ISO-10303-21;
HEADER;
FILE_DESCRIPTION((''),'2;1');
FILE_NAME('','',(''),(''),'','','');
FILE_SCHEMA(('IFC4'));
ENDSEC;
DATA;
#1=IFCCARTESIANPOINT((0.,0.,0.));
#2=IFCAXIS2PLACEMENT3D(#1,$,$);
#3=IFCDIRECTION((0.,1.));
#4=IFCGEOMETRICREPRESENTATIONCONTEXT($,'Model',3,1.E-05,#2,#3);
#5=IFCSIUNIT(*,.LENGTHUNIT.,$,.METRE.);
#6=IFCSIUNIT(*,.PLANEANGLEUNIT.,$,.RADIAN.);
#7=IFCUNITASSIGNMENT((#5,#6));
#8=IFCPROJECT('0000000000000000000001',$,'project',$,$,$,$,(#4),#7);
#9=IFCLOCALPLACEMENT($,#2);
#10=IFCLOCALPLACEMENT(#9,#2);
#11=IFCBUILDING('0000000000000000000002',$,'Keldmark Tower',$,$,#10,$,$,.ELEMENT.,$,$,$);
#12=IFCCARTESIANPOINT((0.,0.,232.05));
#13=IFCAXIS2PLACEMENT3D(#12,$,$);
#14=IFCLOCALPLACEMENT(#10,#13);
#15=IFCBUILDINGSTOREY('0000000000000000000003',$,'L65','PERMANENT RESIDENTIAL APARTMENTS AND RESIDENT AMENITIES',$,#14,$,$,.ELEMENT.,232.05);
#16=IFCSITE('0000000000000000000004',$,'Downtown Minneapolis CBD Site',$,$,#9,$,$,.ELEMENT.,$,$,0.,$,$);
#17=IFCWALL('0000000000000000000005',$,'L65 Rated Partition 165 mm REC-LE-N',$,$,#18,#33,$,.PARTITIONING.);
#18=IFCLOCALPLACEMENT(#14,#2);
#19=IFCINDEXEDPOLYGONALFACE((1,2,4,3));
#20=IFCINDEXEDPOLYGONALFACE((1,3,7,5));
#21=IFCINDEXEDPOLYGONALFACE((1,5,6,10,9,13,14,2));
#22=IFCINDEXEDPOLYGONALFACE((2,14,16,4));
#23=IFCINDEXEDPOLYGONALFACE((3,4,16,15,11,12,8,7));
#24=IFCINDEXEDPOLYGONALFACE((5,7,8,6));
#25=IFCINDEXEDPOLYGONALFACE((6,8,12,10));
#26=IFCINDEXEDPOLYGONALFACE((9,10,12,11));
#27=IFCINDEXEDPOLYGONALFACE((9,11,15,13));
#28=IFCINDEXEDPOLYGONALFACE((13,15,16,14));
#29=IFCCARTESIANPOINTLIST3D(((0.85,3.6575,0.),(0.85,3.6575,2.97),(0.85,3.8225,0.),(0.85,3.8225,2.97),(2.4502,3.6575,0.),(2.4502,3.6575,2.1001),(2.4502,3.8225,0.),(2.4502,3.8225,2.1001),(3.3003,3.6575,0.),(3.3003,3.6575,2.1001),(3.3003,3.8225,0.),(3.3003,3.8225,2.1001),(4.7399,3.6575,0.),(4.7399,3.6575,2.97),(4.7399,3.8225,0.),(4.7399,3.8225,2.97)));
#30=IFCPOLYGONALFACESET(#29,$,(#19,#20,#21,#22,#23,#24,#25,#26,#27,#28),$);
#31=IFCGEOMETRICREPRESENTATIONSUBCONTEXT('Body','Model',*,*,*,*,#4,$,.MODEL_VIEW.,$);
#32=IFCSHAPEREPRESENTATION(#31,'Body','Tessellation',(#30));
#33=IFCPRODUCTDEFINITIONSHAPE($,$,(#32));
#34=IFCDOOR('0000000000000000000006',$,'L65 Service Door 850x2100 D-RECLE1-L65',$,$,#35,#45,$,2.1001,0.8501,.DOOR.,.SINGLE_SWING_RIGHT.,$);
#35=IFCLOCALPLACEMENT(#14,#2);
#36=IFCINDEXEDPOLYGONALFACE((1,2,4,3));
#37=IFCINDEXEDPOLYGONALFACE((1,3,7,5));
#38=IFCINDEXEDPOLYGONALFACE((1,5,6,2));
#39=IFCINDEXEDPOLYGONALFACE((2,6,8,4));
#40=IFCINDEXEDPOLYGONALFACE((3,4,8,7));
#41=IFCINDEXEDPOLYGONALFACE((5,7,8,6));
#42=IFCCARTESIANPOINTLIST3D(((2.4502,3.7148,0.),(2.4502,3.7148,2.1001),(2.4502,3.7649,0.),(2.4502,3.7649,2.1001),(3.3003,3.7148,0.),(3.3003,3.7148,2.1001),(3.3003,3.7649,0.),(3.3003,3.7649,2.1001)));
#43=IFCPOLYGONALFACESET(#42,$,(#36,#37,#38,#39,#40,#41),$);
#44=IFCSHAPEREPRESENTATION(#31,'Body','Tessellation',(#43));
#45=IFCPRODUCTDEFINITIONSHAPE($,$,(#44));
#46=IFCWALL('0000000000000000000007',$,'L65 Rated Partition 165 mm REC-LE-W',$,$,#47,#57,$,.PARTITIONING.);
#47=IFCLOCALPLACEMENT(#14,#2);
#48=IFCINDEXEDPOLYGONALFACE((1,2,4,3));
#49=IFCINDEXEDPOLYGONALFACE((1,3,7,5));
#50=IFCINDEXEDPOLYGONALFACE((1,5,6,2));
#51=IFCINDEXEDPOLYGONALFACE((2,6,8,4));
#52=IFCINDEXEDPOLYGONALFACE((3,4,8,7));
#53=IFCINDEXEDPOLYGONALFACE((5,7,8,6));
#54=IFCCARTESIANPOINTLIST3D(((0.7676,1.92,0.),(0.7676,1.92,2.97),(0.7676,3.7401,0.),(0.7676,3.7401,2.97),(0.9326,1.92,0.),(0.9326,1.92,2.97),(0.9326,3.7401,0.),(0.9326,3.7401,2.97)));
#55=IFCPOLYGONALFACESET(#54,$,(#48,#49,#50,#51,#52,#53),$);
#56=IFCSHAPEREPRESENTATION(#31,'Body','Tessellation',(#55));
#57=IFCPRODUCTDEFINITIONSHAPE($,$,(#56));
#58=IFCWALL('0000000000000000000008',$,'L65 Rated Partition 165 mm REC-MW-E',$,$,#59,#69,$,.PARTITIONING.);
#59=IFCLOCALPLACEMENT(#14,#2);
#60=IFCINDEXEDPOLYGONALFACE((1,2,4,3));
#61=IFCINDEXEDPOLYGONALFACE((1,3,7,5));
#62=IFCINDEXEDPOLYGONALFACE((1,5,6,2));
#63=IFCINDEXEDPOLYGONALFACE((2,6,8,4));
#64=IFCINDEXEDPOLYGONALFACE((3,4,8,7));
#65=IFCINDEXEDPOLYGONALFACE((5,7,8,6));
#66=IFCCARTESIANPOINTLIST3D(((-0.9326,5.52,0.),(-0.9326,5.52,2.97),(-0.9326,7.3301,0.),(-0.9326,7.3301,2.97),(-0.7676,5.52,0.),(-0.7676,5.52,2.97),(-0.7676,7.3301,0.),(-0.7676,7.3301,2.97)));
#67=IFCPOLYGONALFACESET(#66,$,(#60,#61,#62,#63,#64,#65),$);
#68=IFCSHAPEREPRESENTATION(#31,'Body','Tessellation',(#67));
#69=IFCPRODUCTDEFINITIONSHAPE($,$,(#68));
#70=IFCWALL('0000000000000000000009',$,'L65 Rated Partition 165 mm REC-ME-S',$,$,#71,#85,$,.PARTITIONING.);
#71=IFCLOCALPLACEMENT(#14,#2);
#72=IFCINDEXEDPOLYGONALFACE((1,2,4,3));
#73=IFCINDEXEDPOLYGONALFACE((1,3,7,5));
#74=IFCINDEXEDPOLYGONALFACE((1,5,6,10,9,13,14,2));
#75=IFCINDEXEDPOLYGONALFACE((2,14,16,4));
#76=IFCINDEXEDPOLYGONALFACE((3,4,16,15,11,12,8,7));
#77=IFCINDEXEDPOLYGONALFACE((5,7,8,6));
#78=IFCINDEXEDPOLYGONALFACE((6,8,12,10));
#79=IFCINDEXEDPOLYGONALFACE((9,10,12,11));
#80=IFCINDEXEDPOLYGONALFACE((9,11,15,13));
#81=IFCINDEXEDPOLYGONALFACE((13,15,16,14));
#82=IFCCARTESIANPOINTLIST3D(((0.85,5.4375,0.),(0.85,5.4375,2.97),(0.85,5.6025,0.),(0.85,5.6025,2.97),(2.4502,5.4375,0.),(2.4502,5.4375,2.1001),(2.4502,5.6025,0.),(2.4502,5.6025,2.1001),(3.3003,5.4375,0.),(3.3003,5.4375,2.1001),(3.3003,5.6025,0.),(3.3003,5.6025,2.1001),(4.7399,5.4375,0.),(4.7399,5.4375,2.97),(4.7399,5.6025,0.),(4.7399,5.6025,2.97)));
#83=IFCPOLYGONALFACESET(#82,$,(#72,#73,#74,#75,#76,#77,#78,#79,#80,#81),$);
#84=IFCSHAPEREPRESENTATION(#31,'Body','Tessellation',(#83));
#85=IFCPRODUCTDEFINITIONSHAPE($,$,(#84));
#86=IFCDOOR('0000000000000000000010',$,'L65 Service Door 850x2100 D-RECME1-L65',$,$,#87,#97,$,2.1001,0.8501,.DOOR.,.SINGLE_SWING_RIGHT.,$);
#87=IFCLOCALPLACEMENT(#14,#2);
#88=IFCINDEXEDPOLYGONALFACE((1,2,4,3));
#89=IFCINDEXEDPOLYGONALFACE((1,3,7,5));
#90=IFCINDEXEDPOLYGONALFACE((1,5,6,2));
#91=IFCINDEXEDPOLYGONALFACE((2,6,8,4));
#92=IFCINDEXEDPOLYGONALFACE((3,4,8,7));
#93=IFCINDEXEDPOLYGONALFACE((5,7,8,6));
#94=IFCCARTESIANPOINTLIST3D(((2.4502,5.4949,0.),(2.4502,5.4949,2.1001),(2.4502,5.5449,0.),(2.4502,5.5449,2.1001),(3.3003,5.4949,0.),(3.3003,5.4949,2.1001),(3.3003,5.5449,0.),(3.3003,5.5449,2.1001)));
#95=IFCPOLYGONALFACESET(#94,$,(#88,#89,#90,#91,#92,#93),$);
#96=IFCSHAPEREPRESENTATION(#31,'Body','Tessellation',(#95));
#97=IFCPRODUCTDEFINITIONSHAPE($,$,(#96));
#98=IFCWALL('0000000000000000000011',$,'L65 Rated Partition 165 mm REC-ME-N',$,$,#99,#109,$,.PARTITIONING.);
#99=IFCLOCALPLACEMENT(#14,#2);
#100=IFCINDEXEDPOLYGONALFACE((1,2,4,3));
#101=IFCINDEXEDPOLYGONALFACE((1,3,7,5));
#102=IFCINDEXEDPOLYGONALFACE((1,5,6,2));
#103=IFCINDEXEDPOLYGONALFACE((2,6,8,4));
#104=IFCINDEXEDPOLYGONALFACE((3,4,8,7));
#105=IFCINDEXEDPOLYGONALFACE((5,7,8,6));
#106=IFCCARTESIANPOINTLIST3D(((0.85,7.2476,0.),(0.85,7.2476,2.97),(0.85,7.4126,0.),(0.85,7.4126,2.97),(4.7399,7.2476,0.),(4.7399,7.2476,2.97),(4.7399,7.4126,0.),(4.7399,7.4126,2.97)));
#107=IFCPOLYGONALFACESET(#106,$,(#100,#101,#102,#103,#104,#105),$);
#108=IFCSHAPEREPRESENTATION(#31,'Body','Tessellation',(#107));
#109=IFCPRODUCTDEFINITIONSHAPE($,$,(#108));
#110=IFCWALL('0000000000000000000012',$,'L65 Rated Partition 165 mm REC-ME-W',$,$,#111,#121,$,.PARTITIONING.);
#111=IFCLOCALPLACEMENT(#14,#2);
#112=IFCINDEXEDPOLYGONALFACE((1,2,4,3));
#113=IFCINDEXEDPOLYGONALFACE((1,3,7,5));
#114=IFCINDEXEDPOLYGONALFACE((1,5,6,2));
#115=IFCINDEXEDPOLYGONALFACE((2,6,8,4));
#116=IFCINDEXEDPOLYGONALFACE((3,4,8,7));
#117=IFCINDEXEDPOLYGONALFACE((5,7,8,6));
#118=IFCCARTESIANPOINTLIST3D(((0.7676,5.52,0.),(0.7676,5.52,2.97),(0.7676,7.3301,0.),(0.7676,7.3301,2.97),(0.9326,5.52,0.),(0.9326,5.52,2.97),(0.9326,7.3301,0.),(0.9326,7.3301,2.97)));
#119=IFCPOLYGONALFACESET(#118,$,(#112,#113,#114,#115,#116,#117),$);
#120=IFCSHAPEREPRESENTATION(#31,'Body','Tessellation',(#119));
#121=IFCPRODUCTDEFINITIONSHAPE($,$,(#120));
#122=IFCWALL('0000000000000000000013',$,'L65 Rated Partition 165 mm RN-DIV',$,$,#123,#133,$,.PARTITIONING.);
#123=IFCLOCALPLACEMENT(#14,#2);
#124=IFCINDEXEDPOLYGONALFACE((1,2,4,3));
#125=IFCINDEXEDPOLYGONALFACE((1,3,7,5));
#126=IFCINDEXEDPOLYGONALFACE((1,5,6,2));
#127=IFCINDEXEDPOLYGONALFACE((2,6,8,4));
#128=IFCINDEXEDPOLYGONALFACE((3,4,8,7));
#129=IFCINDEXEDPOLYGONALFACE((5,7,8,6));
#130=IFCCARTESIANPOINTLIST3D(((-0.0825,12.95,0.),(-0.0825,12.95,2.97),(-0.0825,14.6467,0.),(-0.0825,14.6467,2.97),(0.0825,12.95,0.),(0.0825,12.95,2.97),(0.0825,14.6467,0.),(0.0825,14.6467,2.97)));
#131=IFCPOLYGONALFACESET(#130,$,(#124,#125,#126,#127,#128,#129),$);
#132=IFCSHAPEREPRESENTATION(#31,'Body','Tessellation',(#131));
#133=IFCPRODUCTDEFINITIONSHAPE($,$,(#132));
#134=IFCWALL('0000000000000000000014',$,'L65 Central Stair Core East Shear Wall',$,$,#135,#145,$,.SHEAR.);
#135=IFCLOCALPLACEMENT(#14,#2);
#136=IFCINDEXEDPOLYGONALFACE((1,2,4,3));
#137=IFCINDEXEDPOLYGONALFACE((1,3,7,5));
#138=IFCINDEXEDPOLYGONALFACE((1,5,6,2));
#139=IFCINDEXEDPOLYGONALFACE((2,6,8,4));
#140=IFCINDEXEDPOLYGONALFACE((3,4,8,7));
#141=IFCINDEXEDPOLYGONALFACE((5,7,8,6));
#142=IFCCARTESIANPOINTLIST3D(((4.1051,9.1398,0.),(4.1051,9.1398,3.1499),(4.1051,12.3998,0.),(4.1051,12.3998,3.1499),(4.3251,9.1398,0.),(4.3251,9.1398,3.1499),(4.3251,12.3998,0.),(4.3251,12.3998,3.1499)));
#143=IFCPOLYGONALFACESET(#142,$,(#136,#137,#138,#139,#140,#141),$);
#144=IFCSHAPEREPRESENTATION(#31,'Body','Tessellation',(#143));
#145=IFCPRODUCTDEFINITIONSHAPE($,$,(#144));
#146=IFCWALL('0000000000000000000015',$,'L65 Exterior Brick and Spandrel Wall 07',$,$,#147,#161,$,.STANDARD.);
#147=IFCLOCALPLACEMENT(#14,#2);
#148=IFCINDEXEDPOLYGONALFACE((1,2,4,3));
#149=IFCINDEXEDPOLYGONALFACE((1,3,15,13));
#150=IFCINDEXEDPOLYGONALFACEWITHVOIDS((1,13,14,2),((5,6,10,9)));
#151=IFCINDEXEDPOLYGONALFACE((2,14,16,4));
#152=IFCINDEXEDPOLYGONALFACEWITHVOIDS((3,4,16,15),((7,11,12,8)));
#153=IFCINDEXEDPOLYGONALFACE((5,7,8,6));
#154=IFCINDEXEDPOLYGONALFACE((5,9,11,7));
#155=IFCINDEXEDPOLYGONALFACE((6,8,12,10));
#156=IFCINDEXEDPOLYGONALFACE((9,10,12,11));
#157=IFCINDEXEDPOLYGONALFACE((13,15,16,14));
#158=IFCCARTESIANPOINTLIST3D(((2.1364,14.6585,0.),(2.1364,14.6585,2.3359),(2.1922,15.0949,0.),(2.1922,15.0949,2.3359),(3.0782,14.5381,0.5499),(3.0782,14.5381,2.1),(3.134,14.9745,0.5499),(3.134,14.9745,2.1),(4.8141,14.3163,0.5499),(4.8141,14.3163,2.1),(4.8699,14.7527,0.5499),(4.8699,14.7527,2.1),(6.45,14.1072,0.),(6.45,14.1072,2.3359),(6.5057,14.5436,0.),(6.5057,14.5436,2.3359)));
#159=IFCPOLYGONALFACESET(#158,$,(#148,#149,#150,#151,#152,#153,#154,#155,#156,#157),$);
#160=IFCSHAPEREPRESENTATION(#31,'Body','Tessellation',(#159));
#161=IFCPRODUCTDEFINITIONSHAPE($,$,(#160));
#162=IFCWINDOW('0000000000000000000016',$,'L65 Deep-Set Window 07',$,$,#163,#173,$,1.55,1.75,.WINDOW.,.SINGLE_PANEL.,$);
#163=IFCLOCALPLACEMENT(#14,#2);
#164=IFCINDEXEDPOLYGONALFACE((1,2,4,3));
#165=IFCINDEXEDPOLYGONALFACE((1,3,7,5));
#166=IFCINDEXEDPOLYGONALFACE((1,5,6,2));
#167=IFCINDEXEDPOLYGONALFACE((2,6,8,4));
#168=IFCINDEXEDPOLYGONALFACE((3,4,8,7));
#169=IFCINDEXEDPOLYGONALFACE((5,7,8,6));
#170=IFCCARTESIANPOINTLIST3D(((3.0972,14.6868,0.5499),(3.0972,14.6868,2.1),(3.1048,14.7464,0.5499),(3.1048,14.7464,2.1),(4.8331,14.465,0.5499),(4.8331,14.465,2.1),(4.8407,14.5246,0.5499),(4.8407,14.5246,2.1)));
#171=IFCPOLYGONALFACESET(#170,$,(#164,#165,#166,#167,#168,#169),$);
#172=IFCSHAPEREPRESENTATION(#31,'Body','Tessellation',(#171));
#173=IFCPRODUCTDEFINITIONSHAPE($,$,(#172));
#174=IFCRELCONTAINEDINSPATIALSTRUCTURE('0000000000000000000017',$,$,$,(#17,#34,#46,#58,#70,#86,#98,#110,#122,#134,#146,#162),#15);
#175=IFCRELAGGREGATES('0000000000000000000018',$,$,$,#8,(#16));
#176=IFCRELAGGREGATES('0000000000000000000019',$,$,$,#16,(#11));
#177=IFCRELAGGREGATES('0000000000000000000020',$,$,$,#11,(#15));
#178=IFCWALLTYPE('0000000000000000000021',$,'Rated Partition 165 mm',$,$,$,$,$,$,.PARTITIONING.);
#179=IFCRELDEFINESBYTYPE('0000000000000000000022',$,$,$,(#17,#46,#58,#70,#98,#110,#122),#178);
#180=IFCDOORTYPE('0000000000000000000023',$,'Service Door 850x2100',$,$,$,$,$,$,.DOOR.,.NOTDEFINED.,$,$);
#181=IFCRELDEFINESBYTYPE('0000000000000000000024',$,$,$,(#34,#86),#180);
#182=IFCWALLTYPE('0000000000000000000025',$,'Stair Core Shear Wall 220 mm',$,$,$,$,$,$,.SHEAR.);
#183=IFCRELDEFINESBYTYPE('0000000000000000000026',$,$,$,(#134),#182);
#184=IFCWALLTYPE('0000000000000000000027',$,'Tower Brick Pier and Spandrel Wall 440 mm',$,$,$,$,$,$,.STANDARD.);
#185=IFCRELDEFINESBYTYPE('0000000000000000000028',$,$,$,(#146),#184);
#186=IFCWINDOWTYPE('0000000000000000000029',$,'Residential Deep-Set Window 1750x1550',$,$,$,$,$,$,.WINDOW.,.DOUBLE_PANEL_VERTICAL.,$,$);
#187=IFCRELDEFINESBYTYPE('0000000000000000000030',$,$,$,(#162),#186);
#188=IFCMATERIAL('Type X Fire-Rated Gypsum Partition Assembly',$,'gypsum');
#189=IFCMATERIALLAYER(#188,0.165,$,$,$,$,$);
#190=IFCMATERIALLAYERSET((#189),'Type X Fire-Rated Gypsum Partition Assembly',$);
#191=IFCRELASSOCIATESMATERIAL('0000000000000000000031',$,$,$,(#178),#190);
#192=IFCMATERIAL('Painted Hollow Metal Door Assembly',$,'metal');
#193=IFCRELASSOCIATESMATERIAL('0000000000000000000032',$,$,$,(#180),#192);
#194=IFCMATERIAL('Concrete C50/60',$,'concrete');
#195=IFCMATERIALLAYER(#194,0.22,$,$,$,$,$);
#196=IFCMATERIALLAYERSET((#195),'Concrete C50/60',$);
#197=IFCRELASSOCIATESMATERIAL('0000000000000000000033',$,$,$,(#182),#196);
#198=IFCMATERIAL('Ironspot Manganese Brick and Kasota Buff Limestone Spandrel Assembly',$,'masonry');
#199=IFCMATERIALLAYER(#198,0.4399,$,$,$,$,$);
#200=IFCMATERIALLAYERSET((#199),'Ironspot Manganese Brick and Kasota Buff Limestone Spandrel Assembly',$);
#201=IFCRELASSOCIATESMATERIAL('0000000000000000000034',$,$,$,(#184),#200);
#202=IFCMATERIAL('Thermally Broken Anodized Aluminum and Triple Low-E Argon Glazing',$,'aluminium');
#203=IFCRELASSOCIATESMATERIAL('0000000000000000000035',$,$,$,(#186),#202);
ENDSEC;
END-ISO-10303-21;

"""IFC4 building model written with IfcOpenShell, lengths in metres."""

from ifc_helpers import new_model, si_unit, direction, frame, frame_2d, origin, place, context, subcontext, project, spatial, rectangle, extrude, material, layer, layer_set, type_object, element, fill, save


model = new_model("IFC4")

# Units and contexts
model_context = context("Model", 3, precision=1e-05, world=origin(), true_north=direction((0.0, 1.0)))
body_context = subcontext(model_context, "Body", "Model", "MODEL_VIEW")
ifc_project = project(units=[si_unit("LENGTHUNIT", "METRE"), si_unit("PLANEANGLEUNIT", "RADIAN")], contexts=[model_context])

# Site, building, storey
site_placement = place(None, origin())
site = spatial("IfcSite", under=ifc_project, at=site_placement, Name="Downtown Minneapolis CBD Site", CompositionType="ELEMENT", RefElevation=0.0)
building_placement = place(site_placement, origin())
building = spatial("IfcBuilding", under=site, at=building_placement, Name="Keldmark Tower", CompositionType="ELEMENT")
storey_placement = place(building_placement, frame((0.0, 0.0, 232.05)))
storey = spatial("IfcBuildingStorey", under=building, at=storey_placement, Name="L65", Description="PERMANENT RESIDENTIAL APARTMENTS AND RESIDENT AMENITIES", CompositionType="ELEMENT", Elevation=232.05)

# Shared definitions
ifc_material_1 = material(Name="Type X Fire-Rated Gypsum Partition Assembly", Category="gypsum")
ifc_layer_1 = layer(ifc_material_1, 0.165)
ifc_layer_set_1 = layer_set([ifc_layer_1], Name="Type X Fire-Rated Gypsum Partition Assembly")
wall_type_1 = type_object("IfcWallType", Name="Rated Partition 165 mm", PredefinedType="PARTITIONING", material=ifc_layer_set_1)

# Wall, opening, door
wall_1_placement = place(storey_placement, frame((0.8501, 3.74, 0.0), z_axis=(0.0, 0.0, 1.0), x_axis=(1.0, 0.0, 0.0)))
wall_1 = element("IfcWall", 1, at=wall_1_placement, inside=storey, type_object=wall_type_1, Name="L65 Rated Partition 165 mm REC-LE-N", PredefinedType="PARTITIONING", context=body_context, shape_type="SweptSolid", body=[
    extrude(rectangle(XDim=3.8899, YDim=0.165, at=frame_2d((1.9448, 0.0))), origin(), (0.0, 0.0, 1.0), 2.97),
])
opening_1_placement = place(wall_1_placement, frame((1.6001, 0.0, 0.0)))
opening_1 = element("IfcOpeningElement", 2, at=opening_1_placement, cuts=wall_1, PredefinedType="OPENING", context=body_context, shape_type="SweptSolid", body=[
    extrude(rectangle(XDim=0.8501, YDim=2.1001, at=frame_2d((0.425, 1.05))), frame((0.0, 0.0925, 0.0), z_axis=(0.0, -1.0, 0.0), x_axis=(1.0, 0.0, 0.0)), (0.0, 0.0, 1.0), 0.1851),
])
ifc_material_2 = material(Name="Painted Hollow Metal Door Assembly", Category="metal")
door_type = type_object("IfcDoorType", Name="Service Door 850x2100", OperationType="NOTDEFINED", PredefinedType="DOOR", material=ifc_material_2)
door_1_placement = place(opening_1_placement, origin())
door_1 = element("IfcDoor", 3, at=door_1_placement, inside=storey, type_object=door_type, Name="L65 Service Door 850x2100 D-RECLE1-L65", OperationType="SINGLE_SWING_RIGHT", OverallHeight=2.1001, OverallWidth=0.8501, PredefinedType="DOOR", context=body_context, shape_type="SweptSolid", body=[
    extrude(rectangle(XDim=0.8501, YDim=2.1001, at=frame_2d((0.425, 1.05))), frame((0.0, 0.0249, 0.0), z_axis=(0.0, -1.0, 0.0), x_axis=(1.0, 0.0, 0.0)), (0.0, 0.0, 1.0), 0.05),
])
fill(opening_1, door_1)

# Walls
wall_2_placement = place(storey_placement, frame((0.8501, 1.9199, 0.0), z_axis=(0.0, 0.0, 1.0), x_axis=(0.0, 1.0, 0.0)))
element("IfcWall", 4, at=wall_2_placement, inside=storey, type_object=wall_type_1, Name="L65 Rated Partition 165 mm REC-LE-W", PredefinedType="PARTITIONING", context=body_context, shape_type="SweptSolid", body=[
    extrude(rectangle(XDim=1.8201, YDim=0.165, at=frame_2d((0.9102, 0.0))), origin(), (0.0, 0.0, 1.0), 2.97),
])
wall_3_placement = place(storey_placement, frame((-0.8501, 5.52, 0.0), z_axis=(0.0, 0.0, 1.0), x_axis=(0.0, 1.0, 0.0)))
element("IfcWall", 5, at=wall_3_placement, inside=storey, type_object=wall_type_1, Name="L65 Rated Partition 165 mm REC-MW-E", PredefinedType="PARTITIONING", context=body_context, shape_type="SweptSolid", body=[
    extrude(rectangle(XDim=1.8101, YDim=0.165, at=frame_2d((0.905, 0.0))), origin(), (0.0, 0.0, 1.0), 2.97),
])

# Wall, opening, door
wall_4_placement = place(storey_placement, frame((0.8501, 5.52, 0.0), z_axis=(0.0, 0.0, 1.0), x_axis=(1.0, 0.0, 0.0)))
wall_4 = element("IfcWall", 6, at=wall_4_placement, inside=storey, type_object=wall_type_1, Name="L65 Rated Partition 165 mm REC-ME-S", PredefinedType="PARTITIONING", context=body_context, shape_type="SweptSolid", body=[
    extrude(rectangle(XDim=3.8899, YDim=0.165, at=frame_2d((1.9448, 0.0))), origin(), (0.0, 0.0, 1.0), 2.97),
])
opening_2_placement = place(wall_4_placement, frame((1.6001, 0.0, 0.0)))
opening_2 = element("IfcOpeningElement", 7, at=opening_2_placement, cuts=wall_4, PredefinedType="OPENING", context=body_context, shape_type="SweptSolid", body=[
    extrude(rectangle(XDim=0.8501, YDim=2.1001, at=frame_2d((0.425, 1.05))), frame((0.0, 0.0925, 0.0), z_axis=(0.0, -1.0, 0.0), x_axis=(1.0, 0.0, 0.0)), (0.0, 0.0, 1.0), 0.1851),
])
door_2_placement = place(opening_2_placement, origin())
door_2 = element("IfcDoor", 8, at=door_2_placement, inside=storey, type_object=door_type, Name="L65 Service Door 850x2100 D-RECME1-L65", OperationType="SINGLE_SWING_RIGHT", OverallHeight=2.1001, OverallWidth=0.8501, PredefinedType="DOOR", context=body_context, shape_type="SweptSolid", body=[
    extrude(rectangle(XDim=0.8501, YDim=2.1001, at=frame_2d((0.425, 1.05))), frame((0.0, 0.0249, 0.0), z_axis=(0.0, -1.0, 0.0), x_axis=(1.0, 0.0, 0.0)), (0.0, 0.0, 1.0), 0.05),
])
fill(opening_2, door_2)

# Walls
wall_5_placement = place(storey_placement, frame((0.8501, 7.3301, 0.0), z_axis=(0.0, 0.0, 1.0), x_axis=(1.0, 0.0, 0.0)))
element("IfcWall", 9, at=wall_5_placement, inside=storey, type_object=wall_type_1, Name="L65 Rated Partition 165 mm REC-ME-N", PredefinedType="PARTITIONING", context=body_context, shape_type="SweptSolid", body=[
    extrude(rectangle(XDim=3.8899, YDim=0.165, at=frame_2d((1.9448, 0.0))), origin(), (0.0, 0.0, 1.0), 2.97),
])
wall_6_placement = place(storey_placement, frame((0.8501, 5.52, 0.0), z_axis=(0.0, 0.0, 1.0), x_axis=(0.0, 1.0, 0.0)))
element("IfcWall", 10, at=wall_6_placement, inside=storey, type_object=wall_type_1, Name="L65 Rated Partition 165 mm REC-ME-W", PredefinedType="PARTITIONING", context=body_context, shape_type="SweptSolid", body=[
    extrude(rectangle(XDim=1.8101, YDim=0.165, at=frame_2d((0.905, 0.0))), origin(), (0.0, 0.0, 1.0), 2.97),
])
wall_7_placement = place(storey_placement, frame((0.0, 12.95, 0.0), z_axis=(0.0, 0.0, 1.0), x_axis=(0.0, 1.0, 0.0)))
element("IfcWall", 11, at=wall_7_placement, inside=storey, type_object=wall_type_1, Name="L65 Rated Partition 165 mm RN-DIV", PredefinedType="PARTITIONING", context=body_context, shape_type="SweptSolid", body=[
    extrude(rectangle(XDim=1.6968, YDim=0.165, at=frame_2d((0.8484, 0.0))), origin(), (0.0, 0.0, 1.0), 2.97),
])
ifc_material_3 = material(Name="Concrete C50/60", Category="concrete")
ifc_layer_2 = layer(ifc_material_3, 0.22)
ifc_layer_set_2 = layer_set([ifc_layer_2], Name="Concrete C50/60")
wall_type_2 = type_object("IfcWallType", Name="Stair Core Shear Wall 220 mm", PredefinedType="SHEAR", material=ifc_layer_set_2)
wall_8_placement = place(storey_placement, frame((4.2151, 9.1399, 0.0), z_axis=(0.0, 0.0, 1.0), x_axis=(0.0, 1.0, 0.0)))
element("IfcWall", 12, at=wall_8_placement, inside=storey, type_object=wall_type_2, Name="L65 Central Stair Core East Shear Wall", PredefinedType="SHEAR", context=body_context, shape_type="SweptSolid", body=[
    extrude(rectangle(XDim=3.26, YDim=0.22, at=frame_2d((1.6299, 0.0))), origin(), (0.0, 0.0, 1.0), 3.1499),
])

# Wall, opening, window
ifc_material_4 = material(Name="Ironspot Manganese Brick and Kasota Buff Limestone Spandrel Assembly", Category="masonry")
ifc_layer_3 = layer(ifc_material_4, 0.4399)
ifc_layer_set_3 = layer_set([ifc_layer_3], Name="Ironspot Manganese Brick and Kasota Buff Limestone Spandrel Assembly")
wall_type_3 = type_object("IfcWallType", Name="Tower Brick Pier and Spandrel Wall 440 mm", PredefinedType="STANDARD", material=ifc_layer_set_3)
wall_9_placement = place(storey_placement, frame((2.1643, 14.8767, 0.0), z_axis=(0.0, 0.0, 1.0), x_axis=(0.991932, -0.126771, 0.0)))
wall_9 = element("IfcWall", 13, at=wall_9_placement, inside=storey, type_object=wall_type_3, Name="L65 Exterior Brick and Spandrel Wall 07", PredefinedType="STANDARD", context=body_context, shape_type="SweptSolid", body=[
    extrude(rectangle(XDim=4.3486, YDim=0.4399, at=frame_2d((2.1743, 0.0))), origin(), (0.0, 0.0, 1.0), 2.3359),
])
opening_3_placement = place(wall_9_placement, frame((0.9495, 0.0, 0.55)))
opening_3 = element("IfcOpeningElement", 14, at=opening_3_placement, cuts=wall_9, PredefinedType="OPENING", context=body_context, shape_type="SweptSolid", body=[
    extrude(rectangle(XDim=1.75, YDim=1.55, at=frame_2d((0.875, 0.7749))), frame((0.0, 0.23, 0.0), z_axis=(0.0, -1.0, 0.0), x_axis=(1.0, 0.0, 0.0)), (0.0, 0.0, 1.0), 0.46),
])
ifc_material_5 = material(Name="Thermally Broken Anodized Aluminum and Triple Low-E Argon Glazing", Category="aluminium")
window_type = type_object("IfcWindowType", Name="Residential Deep-Set Window 1750x1550", PartitioningType="DOUBLE_PANEL_VERTICAL", PredefinedType="WINDOW", material=ifc_material_5)
window_placement = place(opening_3_placement, origin())
window = element("IfcWindow", 15, at=window_placement, inside=storey, type_object=window_type, Name="L65 Deep-Set Window 07", OverallHeight=1.55, OverallWidth=1.75, PartitioningType="SINGLE_PANEL", PredefinedType="WINDOW", context=body_context, shape_type="SweptSolid", body=[
    extrude(rectangle(XDim=1.75, YDim=1.55, at=frame_2d((0.875, 0.7749))), frame((0.0, -0.01, 0.0), z_axis=(0.0, -1.0, 0.0), x_axis=(1.0, 0.0, 0.0)), (0.0, 0.0, 1.0), 0.0601),
])
fill(opening_3, window)

save(model, "model.ifc")
